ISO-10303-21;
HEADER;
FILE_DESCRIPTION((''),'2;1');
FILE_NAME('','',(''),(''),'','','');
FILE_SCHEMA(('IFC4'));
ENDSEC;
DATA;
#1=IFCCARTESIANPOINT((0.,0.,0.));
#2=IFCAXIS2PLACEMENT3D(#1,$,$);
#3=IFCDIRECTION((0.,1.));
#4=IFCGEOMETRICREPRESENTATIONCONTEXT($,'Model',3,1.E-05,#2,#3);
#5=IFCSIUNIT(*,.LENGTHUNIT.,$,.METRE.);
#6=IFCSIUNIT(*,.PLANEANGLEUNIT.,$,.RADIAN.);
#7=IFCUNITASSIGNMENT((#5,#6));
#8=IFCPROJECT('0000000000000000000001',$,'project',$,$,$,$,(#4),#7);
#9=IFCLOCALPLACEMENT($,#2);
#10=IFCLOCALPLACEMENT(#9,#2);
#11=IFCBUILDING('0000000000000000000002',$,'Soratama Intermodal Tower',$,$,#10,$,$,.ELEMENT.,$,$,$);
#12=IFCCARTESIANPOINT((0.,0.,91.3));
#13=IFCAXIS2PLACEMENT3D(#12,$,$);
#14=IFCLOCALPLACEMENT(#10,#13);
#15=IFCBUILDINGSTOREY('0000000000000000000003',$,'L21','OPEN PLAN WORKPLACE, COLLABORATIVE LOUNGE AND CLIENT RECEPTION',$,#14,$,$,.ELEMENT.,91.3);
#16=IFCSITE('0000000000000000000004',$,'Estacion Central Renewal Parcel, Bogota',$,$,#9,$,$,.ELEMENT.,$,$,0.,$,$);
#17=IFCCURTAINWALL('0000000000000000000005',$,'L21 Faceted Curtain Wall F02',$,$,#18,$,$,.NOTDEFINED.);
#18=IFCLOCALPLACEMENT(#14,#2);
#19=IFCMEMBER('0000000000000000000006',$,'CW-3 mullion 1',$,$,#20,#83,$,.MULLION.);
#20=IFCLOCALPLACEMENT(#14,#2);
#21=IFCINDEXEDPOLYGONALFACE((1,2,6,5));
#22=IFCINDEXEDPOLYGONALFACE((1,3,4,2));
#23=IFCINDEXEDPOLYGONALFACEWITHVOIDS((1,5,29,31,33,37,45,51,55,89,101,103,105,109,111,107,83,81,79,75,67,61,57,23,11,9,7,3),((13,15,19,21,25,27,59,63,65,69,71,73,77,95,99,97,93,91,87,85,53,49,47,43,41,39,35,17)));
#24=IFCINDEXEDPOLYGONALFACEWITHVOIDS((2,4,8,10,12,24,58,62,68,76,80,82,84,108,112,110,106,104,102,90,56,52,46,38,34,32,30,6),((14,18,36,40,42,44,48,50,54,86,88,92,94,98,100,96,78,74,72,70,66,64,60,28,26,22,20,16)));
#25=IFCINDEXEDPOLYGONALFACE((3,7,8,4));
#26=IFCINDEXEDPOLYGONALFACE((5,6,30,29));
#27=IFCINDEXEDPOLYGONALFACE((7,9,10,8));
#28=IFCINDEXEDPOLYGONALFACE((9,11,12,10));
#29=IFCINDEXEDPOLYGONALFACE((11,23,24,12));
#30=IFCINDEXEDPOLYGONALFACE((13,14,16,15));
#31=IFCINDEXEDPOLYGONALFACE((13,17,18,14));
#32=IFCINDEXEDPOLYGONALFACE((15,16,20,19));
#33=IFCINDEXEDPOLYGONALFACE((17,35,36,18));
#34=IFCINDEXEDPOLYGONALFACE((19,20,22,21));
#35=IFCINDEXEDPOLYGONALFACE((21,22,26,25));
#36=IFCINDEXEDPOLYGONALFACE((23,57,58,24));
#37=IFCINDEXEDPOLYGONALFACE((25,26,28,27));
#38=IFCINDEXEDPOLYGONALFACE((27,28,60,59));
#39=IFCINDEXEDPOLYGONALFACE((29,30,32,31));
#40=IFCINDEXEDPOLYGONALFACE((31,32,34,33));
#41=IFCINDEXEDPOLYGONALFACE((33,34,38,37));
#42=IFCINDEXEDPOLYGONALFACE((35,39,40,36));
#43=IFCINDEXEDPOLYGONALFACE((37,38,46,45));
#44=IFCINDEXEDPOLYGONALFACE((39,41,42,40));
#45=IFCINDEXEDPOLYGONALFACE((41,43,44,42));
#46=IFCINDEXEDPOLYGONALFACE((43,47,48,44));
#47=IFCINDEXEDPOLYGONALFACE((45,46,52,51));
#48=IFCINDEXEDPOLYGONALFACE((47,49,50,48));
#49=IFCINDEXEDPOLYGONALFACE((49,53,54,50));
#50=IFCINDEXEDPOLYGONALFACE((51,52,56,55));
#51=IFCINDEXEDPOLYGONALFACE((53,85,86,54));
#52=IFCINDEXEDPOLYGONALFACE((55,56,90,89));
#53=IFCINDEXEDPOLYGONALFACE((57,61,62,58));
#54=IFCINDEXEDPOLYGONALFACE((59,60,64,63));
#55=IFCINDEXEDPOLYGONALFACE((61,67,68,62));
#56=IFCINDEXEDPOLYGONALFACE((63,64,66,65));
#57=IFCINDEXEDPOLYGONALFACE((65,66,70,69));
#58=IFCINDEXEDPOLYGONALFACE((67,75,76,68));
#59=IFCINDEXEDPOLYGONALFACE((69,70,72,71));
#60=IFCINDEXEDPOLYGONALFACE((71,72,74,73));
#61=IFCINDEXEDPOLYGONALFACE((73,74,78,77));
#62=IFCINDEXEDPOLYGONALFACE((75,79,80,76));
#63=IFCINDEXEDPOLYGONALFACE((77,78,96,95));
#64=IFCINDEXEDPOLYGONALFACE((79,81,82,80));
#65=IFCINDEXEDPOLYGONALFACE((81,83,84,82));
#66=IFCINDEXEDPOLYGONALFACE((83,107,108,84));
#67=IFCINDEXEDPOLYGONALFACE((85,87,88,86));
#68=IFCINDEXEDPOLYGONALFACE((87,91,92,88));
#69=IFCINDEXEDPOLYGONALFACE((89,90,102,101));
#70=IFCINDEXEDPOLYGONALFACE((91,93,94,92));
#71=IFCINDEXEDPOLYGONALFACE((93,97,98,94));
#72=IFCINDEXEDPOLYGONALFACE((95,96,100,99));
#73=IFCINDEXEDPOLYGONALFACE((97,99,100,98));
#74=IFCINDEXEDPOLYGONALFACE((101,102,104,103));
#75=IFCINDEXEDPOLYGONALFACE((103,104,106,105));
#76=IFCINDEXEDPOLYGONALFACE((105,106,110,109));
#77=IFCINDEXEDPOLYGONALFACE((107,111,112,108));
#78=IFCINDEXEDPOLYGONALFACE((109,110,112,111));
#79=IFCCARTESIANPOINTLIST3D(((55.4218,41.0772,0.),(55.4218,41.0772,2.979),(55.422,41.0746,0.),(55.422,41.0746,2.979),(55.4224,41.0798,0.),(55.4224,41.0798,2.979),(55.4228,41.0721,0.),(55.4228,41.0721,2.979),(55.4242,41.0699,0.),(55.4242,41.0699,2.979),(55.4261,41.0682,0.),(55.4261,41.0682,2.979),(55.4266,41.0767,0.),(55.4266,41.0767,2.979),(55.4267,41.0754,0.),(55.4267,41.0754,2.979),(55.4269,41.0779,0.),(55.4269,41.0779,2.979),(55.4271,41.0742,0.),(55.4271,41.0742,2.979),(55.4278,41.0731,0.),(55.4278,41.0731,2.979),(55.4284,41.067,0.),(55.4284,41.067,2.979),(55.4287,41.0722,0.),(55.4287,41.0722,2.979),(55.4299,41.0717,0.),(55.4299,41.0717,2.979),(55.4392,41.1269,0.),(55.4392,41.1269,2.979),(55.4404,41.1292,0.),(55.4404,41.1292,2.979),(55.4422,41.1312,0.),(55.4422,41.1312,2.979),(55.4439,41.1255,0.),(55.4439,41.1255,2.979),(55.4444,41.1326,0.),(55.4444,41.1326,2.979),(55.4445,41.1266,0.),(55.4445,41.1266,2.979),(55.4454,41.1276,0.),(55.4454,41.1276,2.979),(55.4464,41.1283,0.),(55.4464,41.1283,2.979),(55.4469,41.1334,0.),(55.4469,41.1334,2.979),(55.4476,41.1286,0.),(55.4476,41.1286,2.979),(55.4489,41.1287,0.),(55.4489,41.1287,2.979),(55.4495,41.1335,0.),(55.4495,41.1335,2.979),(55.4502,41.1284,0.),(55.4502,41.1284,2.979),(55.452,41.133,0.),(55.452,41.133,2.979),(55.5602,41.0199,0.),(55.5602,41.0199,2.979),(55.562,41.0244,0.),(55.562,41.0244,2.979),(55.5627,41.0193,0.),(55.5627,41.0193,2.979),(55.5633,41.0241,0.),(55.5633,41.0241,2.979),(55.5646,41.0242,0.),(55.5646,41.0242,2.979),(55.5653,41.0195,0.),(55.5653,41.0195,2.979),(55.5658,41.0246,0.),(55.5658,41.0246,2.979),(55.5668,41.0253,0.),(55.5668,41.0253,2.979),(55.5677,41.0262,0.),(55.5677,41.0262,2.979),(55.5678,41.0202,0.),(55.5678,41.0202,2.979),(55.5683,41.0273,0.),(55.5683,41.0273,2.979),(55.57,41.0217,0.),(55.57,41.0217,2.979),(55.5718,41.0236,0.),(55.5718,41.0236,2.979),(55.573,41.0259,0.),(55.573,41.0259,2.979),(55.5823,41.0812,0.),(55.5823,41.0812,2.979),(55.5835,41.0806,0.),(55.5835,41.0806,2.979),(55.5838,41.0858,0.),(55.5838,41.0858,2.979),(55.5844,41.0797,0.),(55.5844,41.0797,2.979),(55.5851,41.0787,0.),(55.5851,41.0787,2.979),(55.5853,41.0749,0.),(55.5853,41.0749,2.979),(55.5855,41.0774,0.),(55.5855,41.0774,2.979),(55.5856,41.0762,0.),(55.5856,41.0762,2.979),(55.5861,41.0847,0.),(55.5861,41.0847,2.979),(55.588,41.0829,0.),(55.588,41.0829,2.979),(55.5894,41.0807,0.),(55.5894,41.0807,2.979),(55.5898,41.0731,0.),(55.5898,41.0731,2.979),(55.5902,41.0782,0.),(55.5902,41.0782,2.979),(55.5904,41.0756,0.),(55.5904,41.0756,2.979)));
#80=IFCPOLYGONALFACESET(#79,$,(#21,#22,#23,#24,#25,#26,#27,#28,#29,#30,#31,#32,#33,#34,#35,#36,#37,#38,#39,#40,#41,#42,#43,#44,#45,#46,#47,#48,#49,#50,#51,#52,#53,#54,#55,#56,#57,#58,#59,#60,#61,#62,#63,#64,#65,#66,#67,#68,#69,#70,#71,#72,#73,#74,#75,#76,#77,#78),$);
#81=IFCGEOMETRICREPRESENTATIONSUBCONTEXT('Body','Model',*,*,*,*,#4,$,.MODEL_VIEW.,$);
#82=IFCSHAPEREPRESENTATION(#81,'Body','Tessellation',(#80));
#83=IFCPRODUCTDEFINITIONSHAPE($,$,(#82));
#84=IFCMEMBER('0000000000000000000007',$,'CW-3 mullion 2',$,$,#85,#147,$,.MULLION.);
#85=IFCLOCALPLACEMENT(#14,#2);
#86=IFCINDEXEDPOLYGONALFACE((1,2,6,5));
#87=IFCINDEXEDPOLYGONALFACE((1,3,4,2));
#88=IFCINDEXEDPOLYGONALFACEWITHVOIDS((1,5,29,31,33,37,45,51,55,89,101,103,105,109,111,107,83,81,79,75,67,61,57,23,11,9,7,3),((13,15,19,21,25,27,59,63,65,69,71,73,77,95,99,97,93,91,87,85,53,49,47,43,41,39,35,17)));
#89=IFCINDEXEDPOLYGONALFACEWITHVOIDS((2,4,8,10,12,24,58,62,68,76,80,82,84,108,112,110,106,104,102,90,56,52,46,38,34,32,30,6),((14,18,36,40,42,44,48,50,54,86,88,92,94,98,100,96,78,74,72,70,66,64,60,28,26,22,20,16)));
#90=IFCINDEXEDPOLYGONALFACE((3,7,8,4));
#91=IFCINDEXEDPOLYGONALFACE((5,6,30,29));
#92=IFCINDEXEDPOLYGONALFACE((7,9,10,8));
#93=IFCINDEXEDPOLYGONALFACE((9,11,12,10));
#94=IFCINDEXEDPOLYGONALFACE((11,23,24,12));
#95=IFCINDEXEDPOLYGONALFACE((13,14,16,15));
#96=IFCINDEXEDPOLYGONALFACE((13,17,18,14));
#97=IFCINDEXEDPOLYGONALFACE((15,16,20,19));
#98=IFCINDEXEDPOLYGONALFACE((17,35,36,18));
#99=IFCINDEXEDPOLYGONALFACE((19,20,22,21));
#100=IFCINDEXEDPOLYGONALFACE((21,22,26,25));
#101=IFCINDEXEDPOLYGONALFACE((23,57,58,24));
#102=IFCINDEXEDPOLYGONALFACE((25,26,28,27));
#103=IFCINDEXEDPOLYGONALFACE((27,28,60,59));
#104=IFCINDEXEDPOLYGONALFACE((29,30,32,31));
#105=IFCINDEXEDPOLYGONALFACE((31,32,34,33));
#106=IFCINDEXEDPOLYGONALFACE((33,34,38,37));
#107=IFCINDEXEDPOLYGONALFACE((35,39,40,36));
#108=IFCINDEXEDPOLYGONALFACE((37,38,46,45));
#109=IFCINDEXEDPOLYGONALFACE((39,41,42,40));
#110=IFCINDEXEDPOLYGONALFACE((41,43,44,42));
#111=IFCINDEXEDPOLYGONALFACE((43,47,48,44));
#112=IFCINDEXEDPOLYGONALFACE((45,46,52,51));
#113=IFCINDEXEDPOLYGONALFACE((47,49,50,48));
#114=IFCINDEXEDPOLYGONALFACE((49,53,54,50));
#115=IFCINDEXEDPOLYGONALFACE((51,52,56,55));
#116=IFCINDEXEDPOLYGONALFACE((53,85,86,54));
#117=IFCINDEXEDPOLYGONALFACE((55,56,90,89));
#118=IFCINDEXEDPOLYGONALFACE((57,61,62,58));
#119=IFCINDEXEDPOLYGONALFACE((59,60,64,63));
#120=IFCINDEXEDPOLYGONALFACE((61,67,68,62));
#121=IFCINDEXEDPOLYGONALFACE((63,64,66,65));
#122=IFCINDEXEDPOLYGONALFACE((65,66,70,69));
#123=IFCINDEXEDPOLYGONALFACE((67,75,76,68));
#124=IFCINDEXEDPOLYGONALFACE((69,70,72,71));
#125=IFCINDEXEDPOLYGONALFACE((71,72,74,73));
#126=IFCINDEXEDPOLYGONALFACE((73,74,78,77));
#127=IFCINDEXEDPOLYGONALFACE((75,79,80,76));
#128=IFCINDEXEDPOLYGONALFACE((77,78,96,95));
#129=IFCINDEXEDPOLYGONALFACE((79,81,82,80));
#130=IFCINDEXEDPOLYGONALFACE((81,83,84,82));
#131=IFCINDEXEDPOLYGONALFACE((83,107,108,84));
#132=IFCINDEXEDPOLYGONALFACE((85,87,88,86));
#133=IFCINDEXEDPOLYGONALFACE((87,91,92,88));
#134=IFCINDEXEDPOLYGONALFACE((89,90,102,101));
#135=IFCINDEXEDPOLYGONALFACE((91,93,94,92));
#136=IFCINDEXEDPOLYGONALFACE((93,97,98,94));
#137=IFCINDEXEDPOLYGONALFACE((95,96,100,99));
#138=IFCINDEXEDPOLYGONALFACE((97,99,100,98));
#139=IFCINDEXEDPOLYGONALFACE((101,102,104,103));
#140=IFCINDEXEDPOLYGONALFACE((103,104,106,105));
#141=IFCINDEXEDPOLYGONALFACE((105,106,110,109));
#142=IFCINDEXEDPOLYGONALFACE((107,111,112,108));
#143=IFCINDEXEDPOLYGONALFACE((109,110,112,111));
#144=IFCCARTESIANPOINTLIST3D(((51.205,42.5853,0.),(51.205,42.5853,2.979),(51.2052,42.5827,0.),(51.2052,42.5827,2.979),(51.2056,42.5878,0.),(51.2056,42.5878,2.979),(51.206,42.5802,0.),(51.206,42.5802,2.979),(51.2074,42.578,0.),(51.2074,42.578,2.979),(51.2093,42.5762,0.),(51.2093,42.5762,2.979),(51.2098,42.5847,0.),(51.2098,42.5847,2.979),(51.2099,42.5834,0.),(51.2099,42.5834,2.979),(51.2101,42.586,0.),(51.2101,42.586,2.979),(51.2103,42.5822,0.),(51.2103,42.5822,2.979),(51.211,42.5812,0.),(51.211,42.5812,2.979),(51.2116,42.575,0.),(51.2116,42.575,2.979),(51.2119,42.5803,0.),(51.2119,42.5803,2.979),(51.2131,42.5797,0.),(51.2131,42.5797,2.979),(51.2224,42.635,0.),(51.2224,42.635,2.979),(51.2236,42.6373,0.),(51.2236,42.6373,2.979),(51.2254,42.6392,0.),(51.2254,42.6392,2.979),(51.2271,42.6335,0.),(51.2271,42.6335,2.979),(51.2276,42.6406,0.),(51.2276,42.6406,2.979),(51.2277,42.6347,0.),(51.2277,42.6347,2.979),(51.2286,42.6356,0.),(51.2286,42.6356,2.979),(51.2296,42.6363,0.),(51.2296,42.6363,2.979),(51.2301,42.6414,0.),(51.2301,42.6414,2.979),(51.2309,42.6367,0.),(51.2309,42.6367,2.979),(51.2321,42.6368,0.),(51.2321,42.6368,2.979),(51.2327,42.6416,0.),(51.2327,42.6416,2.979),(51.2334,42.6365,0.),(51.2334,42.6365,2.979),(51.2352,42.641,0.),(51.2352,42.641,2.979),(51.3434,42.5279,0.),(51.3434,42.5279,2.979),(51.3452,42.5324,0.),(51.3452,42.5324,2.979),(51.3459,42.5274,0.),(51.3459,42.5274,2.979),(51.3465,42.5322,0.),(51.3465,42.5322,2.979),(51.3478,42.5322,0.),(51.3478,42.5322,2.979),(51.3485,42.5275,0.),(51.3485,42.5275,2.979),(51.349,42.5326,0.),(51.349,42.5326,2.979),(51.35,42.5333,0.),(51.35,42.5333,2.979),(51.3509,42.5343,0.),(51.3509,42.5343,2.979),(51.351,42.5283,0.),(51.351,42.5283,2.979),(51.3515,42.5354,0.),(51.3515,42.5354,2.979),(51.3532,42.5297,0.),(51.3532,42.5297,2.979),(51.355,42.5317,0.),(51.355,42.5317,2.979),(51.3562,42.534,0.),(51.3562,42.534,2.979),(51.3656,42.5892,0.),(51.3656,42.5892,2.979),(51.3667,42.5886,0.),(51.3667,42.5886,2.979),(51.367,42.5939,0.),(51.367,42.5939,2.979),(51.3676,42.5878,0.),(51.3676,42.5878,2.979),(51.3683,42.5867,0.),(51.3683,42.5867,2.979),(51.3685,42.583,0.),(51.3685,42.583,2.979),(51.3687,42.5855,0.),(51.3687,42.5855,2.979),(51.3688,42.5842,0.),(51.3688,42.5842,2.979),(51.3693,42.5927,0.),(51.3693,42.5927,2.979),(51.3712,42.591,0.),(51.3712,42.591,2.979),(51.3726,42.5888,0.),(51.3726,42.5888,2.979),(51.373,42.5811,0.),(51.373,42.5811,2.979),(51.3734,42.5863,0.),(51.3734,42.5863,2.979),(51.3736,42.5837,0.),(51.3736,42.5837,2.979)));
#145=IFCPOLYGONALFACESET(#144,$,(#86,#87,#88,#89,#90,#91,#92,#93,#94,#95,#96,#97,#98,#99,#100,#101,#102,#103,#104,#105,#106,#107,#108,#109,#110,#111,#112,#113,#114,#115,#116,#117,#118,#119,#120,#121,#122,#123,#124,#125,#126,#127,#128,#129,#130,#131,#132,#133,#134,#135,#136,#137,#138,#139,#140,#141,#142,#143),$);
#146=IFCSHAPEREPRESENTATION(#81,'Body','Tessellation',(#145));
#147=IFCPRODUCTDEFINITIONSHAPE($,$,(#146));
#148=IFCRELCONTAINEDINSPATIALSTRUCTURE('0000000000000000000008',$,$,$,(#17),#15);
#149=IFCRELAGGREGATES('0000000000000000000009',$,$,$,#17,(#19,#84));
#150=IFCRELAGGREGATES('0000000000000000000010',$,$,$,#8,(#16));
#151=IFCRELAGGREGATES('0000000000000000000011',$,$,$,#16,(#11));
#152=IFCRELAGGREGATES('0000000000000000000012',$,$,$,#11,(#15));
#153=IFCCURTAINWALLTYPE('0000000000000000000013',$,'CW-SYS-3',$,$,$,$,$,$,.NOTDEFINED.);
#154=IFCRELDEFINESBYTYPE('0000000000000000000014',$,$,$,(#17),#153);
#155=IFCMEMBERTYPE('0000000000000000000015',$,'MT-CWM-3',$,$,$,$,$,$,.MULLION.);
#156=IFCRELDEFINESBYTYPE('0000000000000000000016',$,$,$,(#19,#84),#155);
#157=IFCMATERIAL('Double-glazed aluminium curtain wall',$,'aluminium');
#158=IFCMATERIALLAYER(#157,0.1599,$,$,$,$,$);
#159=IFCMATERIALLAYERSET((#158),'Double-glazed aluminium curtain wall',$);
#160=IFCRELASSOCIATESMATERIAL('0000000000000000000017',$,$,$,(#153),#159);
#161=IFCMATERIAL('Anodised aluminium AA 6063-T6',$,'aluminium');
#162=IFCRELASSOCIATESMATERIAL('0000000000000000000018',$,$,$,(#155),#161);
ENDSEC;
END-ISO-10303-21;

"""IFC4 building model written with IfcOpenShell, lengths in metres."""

from ifc_helpers import new_model, si_unit, direction, frame, origin, origin_2d, place, context, subcontext, project, spatial, hollow_rectangle, extrude, material, layer, layer_set, material_profile, profile_set, type_object, element, aggregate, save


model = new_model("IFC4")

# Units and contexts
model_context = context("Model", 3, precision=1e-05, world=origin(), true_north=direction((0.0, 1.0)))
body_context = subcontext(model_context, "Body", "Model", "MODEL_VIEW")
ifc_project = project(units=[si_unit("LENGTHUNIT", "METRE"), si_unit("PLANEANGLEUNIT", "RADIAN")], contexts=[model_context])

# Site, building, storey
site_placement = place(None, origin())
site = spatial("IfcSite", under=ifc_project, at=site_placement, Name="Estacion Central Renewal Parcel, Bogota", CompositionType="ELEMENT", RefElevation=0.0)
building_placement = place(site_placement, origin())
building = spatial("IfcBuilding", under=site, at=building_placement, Name="Soratama Intermodal Tower", CompositionType="ELEMENT")
storey_placement = place(building_placement, frame((0.0, 0.0, 91.3)))
storey = spatial("IfcBuildingStorey", under=building, at=storey_placement, Name="L21", Description="OPEN PLAN WORKPLACE, COLLABORATIVE LOUNGE AND CLIENT RECEPTION", CompositionType="ELEMENT", Elevation=91.3)

# Shared definitions
ifc_material_1 = material(Name="Double-glazed aluminium curtain wall", Category="aluminium")
ifc_layer_1 = layer(ifc_material_1, 0.1599)
ifc_layer_set_1 = layer_set([ifc_layer_1], Name="Double-glazed aluminium curtain wall")
curtain_wall_type = type_object("IfcCurtainWallType", Name="CW-SYS-3", PredefinedType="NOTDEFINED", material=ifc_layer_set_1)
ifc_material_2 = material(Name="Anodised aluminium AA 6063-T6", Category="aluminium")
ifc_material_profile_1 = material_profile(ifc_material_2, hollow_rectangle(XDim=0.0701, YDim=0.1599, WallThickness=0.0049, InnerFilletRadius=0.0049, OuterFilletRadius=0.01, at=origin_2d()), Name="CWM160X70X5")
ifc_profile_set_1 = profile_set([ifc_material_profile_1], Name="Anodised aluminium AA 6063-T6")
member_type_1 = type_object("IfcMemberType", Name="MT-CWM-3", PredefinedType="MULLION", material=ifc_profile_set_1)

# Curtain wall, members
curtain_wall_1_placement = place(storey_placement, origin())
curtain_wall_1 = element("IfcCurtainWall", 1, at=curtain_wall_1_placement, inside=storey, type_object=curtain_wall_type, Name="L21 Faceted Curtain Wall F02", PredefinedType="NOTDEFINED")
member_1_placement = place(storey_placement, frame((55.5061, 41.0764, 0.0), z_axis=(0.0, 0.0, 1.0), x_axis=(-0.336761, -0.94159, 0.0)))
member_1 = element("IfcMember", 2, at=member_1_placement, type_object=member_type_1, Name="CW-3 mullion 1", PredefinedType="MULLION", context=body_context, shape_type="SweptSolid", body=[
    extrude(hollow_rectangle(XDim=0.0701, YDim=0.1599, WallThickness=0.0049, InnerFilletRadius=0.0049, OuterFilletRadius=0.01, at=origin_2d()), origin(), (0.0, 0.0, 1.0), 2.979),
])
member_2_placement = place(storey_placement, frame((51.2893, 42.5845, 0.0), z_axis=(0.0, 0.0, 1.0), x_axis=(-0.336761, -0.94159, 0.0)))
member_2 = element("IfcMember", 3, at=member_2_placement, type_object=member_type_1, Name="CW-3 mullion 2", PredefinedType="MULLION", context=body_context, shape_type="SweptSolid", body=[
    extrude(hollow_rectangle(XDim=0.0701, YDim=0.1599, WallThickness=0.0049, InnerFilletRadius=0.0049, OuterFilletRadius=0.01, at=origin_2d()), origin(), (0.0, 0.0, 1.0), 2.979),
])

aggregate(curtain_wall_1, [member_1, member_2])

save(model, "model.ifc")
